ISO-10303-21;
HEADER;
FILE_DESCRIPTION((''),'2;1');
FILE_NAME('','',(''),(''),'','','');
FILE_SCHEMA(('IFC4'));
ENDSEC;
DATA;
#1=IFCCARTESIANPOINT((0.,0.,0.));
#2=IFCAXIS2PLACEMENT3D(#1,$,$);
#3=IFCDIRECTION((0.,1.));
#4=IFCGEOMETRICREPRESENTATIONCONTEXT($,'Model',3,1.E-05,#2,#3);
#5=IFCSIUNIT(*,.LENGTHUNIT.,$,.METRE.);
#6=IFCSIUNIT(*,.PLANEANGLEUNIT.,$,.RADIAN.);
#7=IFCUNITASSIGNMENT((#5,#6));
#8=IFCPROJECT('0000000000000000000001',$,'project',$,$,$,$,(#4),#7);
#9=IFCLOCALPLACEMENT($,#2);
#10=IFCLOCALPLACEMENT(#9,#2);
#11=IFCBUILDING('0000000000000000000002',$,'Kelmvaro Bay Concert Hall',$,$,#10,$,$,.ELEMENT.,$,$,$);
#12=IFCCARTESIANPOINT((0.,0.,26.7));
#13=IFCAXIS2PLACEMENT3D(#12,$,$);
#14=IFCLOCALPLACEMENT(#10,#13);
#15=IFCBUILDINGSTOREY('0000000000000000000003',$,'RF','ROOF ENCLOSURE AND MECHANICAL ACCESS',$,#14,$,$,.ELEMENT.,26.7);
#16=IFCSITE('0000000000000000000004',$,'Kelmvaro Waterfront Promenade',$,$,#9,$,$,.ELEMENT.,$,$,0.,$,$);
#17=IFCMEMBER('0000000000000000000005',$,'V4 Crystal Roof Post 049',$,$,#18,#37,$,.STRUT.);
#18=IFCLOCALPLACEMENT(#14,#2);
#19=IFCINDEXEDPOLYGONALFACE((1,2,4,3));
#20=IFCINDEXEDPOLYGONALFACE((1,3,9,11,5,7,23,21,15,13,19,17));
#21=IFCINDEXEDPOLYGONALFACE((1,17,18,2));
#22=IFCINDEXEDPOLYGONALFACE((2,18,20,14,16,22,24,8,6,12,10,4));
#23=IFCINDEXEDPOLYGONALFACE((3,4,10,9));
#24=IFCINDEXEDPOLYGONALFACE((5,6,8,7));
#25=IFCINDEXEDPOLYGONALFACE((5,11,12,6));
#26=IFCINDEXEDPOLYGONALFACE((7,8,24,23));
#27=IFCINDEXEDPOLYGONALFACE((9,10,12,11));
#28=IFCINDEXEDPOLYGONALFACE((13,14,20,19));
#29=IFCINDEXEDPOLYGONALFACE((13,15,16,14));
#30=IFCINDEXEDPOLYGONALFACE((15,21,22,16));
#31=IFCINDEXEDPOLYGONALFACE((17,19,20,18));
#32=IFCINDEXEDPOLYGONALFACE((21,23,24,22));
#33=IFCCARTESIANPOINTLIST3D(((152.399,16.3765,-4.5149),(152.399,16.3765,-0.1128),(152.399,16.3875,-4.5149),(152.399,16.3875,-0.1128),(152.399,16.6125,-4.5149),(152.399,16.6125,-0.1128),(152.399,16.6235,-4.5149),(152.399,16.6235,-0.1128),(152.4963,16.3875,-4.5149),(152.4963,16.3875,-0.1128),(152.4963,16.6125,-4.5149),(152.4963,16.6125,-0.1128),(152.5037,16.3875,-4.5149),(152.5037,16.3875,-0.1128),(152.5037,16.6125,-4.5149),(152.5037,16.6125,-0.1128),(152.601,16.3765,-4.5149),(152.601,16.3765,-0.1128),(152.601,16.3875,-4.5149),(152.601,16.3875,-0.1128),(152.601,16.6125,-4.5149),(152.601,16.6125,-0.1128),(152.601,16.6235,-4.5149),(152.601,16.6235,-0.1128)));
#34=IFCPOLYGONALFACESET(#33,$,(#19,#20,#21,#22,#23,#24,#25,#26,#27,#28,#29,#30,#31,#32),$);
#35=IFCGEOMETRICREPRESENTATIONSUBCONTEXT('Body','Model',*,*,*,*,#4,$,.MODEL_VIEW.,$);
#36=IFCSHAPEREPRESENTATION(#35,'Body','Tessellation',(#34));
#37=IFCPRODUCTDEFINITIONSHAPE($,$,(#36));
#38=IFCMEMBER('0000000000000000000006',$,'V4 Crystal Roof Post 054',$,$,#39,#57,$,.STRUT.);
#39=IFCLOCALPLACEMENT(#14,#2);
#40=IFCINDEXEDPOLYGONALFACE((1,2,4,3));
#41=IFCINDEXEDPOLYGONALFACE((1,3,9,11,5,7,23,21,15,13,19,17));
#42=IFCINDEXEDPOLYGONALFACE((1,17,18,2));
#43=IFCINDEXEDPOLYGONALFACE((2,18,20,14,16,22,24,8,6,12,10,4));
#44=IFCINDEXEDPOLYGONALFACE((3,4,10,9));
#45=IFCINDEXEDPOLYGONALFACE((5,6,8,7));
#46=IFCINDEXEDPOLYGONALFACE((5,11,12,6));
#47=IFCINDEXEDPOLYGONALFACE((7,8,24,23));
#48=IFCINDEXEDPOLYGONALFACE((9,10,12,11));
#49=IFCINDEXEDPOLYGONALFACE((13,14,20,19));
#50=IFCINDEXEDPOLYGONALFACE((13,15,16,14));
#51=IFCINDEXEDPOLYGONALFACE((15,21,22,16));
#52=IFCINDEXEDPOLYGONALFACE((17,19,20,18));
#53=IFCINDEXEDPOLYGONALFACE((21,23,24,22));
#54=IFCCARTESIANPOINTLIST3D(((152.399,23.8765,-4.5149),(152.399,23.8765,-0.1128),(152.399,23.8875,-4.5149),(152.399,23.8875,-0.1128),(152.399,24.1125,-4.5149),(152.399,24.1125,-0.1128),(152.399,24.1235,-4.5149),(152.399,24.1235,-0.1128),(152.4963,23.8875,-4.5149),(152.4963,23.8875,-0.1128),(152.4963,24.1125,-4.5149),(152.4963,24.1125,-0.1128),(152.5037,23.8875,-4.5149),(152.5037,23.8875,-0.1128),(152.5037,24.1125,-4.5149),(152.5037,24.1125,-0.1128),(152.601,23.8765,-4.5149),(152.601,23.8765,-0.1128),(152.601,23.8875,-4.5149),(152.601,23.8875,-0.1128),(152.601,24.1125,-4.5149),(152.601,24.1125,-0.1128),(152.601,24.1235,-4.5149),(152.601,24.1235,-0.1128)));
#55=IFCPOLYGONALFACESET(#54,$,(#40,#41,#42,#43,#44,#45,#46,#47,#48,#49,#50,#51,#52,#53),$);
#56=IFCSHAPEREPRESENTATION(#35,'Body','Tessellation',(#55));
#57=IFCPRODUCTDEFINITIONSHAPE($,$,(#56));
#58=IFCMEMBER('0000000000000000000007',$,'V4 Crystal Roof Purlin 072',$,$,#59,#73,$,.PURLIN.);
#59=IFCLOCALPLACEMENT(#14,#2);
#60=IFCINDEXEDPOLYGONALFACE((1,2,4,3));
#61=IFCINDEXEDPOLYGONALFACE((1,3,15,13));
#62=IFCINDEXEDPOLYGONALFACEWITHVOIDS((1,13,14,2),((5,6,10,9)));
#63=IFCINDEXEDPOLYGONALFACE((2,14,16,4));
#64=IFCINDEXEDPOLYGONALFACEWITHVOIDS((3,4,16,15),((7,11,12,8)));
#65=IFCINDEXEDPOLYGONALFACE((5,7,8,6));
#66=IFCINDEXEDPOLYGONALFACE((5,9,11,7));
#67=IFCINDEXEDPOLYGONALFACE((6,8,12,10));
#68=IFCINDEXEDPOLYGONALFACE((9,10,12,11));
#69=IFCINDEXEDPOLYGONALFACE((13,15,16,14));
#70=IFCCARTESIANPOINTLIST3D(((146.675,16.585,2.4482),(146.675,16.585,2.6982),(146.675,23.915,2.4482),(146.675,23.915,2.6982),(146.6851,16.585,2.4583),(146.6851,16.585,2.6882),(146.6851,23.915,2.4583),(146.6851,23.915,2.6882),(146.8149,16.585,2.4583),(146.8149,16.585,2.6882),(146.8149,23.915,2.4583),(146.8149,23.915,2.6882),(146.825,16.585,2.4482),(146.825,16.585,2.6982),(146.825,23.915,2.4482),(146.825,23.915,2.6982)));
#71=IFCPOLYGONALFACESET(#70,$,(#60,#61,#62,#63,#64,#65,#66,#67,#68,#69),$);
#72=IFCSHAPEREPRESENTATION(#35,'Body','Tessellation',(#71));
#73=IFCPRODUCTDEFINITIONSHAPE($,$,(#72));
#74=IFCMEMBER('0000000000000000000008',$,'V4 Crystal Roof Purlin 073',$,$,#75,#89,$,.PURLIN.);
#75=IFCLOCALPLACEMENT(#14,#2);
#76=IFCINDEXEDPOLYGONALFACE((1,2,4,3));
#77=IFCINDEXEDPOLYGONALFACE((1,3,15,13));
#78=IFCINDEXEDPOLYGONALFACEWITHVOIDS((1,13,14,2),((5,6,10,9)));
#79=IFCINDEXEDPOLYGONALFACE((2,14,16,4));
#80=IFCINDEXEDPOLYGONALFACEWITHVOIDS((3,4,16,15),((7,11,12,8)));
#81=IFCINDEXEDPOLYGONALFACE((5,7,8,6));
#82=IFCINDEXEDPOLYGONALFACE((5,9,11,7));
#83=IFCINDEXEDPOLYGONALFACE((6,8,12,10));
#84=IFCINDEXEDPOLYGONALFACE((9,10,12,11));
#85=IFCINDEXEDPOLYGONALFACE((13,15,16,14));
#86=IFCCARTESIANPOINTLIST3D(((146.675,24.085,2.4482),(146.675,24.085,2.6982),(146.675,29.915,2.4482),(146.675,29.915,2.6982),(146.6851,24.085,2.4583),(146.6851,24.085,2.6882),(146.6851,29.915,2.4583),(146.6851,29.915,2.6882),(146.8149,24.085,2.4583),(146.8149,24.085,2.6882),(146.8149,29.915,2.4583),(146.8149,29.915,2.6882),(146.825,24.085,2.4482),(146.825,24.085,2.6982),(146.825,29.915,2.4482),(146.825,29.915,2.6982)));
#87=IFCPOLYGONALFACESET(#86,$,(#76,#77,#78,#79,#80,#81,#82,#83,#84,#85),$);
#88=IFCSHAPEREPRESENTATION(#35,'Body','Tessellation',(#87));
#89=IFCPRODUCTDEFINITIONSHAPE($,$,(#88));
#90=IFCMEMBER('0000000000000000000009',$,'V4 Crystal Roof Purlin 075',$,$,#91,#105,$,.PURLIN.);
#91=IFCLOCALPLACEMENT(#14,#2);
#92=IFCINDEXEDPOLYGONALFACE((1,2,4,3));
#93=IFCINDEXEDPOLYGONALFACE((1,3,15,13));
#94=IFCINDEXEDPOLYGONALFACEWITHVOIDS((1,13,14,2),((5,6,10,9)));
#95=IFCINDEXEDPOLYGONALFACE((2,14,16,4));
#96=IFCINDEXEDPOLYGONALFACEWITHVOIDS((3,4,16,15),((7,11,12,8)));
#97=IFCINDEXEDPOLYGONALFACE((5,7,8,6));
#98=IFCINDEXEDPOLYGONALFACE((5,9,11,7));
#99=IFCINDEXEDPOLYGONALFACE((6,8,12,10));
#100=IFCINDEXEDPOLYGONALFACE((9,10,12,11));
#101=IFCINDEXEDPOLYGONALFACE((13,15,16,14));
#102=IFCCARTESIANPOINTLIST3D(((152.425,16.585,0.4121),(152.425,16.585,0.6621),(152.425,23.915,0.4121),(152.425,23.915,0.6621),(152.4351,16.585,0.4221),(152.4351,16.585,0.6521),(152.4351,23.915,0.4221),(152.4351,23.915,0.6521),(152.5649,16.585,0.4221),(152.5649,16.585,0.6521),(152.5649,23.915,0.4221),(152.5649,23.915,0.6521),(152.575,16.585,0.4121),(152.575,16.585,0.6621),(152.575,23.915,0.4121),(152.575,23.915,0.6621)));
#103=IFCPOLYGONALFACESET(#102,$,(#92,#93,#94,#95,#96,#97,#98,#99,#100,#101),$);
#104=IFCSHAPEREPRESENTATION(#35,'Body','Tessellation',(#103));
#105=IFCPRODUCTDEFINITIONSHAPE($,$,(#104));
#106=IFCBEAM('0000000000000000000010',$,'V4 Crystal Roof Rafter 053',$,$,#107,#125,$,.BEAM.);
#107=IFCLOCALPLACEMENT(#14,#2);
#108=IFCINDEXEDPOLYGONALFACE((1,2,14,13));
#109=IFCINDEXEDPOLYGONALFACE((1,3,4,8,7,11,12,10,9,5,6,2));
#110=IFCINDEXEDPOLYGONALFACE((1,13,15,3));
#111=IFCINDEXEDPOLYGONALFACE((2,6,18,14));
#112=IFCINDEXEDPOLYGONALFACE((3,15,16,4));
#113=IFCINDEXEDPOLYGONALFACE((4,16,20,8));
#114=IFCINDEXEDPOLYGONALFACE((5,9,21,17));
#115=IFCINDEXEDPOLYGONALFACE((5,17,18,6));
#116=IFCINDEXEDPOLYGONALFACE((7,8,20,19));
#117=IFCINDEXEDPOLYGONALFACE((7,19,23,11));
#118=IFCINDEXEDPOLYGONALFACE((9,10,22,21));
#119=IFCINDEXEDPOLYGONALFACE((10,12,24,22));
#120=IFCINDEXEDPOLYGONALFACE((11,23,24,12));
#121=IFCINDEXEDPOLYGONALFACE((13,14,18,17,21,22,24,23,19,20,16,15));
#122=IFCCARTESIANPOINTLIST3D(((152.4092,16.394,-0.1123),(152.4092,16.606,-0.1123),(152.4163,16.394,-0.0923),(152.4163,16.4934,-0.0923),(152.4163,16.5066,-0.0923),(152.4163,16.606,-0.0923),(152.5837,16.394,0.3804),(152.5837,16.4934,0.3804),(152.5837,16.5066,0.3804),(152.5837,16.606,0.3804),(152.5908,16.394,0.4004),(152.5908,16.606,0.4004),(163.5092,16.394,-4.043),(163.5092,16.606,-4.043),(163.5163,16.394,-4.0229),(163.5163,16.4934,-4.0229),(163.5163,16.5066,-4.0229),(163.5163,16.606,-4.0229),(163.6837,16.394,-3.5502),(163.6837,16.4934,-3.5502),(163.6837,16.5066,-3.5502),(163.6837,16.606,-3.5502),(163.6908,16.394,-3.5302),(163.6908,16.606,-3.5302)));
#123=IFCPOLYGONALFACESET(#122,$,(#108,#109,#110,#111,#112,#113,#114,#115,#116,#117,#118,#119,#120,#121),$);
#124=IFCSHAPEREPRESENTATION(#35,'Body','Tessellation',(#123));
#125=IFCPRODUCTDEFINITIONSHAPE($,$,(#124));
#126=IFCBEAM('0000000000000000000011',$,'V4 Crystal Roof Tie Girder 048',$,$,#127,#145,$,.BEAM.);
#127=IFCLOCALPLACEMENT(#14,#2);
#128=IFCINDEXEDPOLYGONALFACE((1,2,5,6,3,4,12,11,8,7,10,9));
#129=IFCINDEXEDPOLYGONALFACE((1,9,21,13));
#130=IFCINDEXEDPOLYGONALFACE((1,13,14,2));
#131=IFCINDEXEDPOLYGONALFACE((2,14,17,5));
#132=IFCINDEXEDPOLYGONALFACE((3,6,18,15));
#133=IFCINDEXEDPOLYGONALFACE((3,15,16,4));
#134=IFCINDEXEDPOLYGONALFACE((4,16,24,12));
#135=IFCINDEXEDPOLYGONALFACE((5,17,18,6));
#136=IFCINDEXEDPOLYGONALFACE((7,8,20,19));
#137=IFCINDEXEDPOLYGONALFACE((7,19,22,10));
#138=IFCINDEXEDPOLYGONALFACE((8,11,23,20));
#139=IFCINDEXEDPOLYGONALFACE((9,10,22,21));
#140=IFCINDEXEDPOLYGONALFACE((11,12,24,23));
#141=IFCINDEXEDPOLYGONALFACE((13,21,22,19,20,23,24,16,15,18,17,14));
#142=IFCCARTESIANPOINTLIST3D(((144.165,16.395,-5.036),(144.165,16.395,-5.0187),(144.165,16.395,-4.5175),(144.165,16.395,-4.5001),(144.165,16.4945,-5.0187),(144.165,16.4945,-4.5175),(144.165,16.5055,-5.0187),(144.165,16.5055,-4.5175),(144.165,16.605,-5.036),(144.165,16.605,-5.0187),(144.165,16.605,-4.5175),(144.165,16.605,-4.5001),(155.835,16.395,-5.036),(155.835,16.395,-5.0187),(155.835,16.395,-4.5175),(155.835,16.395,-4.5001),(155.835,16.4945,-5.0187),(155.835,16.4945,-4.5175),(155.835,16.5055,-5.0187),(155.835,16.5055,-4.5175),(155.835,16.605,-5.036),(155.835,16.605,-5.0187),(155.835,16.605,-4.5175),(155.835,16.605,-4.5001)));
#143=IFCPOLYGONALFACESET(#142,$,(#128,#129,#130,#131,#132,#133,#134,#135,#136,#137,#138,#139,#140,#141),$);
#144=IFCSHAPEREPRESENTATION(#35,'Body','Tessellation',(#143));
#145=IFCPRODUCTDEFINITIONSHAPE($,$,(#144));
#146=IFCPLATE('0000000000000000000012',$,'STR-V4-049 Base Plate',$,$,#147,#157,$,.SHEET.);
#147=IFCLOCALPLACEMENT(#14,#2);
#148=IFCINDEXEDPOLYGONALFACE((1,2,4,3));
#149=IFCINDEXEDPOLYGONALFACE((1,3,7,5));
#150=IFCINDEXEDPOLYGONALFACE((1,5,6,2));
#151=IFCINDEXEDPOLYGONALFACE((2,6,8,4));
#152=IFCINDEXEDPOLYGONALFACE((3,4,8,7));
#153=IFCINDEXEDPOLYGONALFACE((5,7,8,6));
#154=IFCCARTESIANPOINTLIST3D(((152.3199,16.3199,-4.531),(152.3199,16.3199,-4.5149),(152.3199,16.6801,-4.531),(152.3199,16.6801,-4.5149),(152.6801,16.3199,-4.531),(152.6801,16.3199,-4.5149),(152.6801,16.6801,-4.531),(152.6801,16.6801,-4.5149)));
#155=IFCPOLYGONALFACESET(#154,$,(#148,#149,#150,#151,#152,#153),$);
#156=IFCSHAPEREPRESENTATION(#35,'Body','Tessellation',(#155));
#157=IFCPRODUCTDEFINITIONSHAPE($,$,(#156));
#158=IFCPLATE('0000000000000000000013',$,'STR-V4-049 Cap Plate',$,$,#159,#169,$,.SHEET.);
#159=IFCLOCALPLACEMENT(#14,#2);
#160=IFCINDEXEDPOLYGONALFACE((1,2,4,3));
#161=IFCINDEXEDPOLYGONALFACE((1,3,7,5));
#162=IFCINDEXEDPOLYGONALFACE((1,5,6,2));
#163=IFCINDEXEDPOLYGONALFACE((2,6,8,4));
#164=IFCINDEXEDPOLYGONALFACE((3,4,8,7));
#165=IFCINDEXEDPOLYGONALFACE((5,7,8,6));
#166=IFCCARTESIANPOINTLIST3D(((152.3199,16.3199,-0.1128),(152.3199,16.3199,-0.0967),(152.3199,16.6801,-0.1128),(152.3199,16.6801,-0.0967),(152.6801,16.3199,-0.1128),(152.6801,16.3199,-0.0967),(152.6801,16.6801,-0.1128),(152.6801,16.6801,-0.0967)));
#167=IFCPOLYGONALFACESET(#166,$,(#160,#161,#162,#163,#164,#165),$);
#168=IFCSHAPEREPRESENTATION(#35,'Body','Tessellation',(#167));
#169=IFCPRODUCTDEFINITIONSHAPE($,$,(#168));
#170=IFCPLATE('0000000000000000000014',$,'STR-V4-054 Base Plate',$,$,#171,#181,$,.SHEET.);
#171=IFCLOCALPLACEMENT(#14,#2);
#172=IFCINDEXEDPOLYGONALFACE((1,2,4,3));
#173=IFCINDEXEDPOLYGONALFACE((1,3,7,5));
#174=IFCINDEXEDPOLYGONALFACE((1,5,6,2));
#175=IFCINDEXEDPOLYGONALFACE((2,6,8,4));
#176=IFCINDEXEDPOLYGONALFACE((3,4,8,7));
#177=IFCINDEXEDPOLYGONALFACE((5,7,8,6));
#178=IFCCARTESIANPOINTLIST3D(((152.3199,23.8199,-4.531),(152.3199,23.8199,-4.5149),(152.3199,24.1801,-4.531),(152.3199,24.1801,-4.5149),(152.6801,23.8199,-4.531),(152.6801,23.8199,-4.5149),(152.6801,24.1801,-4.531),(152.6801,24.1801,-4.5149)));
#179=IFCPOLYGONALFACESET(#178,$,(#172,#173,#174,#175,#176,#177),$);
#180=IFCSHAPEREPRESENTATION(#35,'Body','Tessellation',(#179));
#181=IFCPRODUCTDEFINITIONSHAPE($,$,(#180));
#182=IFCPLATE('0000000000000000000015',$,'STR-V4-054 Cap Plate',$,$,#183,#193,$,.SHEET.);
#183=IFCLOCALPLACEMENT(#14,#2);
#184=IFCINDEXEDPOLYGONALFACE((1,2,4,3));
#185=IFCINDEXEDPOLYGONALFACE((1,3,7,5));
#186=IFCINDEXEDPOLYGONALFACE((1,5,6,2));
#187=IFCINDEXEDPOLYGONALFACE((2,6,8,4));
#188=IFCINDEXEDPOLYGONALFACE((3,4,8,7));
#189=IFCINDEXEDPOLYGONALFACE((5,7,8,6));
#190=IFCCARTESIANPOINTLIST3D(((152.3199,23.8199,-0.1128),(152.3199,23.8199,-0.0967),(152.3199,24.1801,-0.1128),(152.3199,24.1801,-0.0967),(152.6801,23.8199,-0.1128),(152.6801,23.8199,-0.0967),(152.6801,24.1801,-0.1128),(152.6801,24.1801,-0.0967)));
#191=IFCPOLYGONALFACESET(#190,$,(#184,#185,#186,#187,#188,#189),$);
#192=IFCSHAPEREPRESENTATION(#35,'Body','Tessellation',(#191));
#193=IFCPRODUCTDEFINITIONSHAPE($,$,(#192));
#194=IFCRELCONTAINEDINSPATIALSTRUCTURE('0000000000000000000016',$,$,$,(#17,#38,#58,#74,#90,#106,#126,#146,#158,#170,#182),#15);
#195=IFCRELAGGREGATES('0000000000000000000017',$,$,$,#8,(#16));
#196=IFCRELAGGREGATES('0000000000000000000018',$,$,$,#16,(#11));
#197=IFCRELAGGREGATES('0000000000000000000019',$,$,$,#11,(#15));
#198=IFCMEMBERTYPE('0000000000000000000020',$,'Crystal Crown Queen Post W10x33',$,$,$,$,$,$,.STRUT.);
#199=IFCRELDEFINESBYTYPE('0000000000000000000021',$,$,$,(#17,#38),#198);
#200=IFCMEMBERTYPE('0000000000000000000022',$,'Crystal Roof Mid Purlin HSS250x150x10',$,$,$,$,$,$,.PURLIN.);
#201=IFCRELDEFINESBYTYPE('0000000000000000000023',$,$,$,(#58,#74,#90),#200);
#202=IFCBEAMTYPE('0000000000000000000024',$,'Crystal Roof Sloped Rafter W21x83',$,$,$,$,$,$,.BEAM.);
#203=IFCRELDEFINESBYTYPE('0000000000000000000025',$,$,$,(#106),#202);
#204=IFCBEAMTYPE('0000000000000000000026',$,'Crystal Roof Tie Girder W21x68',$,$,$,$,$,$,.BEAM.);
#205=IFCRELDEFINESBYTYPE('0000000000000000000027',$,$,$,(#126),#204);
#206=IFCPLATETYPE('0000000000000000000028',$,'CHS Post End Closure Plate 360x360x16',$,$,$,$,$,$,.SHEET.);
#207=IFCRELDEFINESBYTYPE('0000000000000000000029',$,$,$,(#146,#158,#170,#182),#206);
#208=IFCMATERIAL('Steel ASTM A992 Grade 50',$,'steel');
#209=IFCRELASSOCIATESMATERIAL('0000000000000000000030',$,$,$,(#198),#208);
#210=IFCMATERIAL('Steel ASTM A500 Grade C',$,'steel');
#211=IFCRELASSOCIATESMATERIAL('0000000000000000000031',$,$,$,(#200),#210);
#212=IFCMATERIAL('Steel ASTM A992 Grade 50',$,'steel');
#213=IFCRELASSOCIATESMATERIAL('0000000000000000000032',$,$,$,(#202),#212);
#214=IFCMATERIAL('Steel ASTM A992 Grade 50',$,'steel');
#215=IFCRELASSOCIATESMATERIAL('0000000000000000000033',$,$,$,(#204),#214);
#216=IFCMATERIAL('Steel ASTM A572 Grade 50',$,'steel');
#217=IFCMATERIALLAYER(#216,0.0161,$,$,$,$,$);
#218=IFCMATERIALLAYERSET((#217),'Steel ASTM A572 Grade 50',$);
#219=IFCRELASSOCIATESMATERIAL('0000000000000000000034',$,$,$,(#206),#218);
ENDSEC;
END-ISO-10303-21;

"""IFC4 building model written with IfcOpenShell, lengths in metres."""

from ifc_helpers import new_model, si_unit, direction, frame, origin, origin_2d, place, context, subcontext, project, spatial, rectangle, hollow_rectangle, i_section, extrude, material, layer, layer_set, material_profile, profile_set, type_object, element, save


model = new_model("IFC4")

# Units and contexts
model_context = context("Model", 3, precision=1e-05, world=origin(), true_north=direction((0.0, 1.0)))
body_context = subcontext(model_context, "Body", "Model", "MODEL_VIEW")
ifc_project = project(units=[si_unit("LENGTHUNIT", "METRE"), si_unit("PLANEANGLEUNIT", "RADIAN")], contexts=[model_context])

# Site, building, storey
site_placement = place(None, origin())
site = spatial("IfcSite", under=ifc_project, at=site_placement, Name="Kelmvaro Waterfront Promenade", CompositionType="ELEMENT", RefElevation=0.0)
building_placement = place(site_placement, origin())
building = spatial("IfcBuilding", under=site, at=building_placement, Name="Kelmvaro Bay Concert Hall", CompositionType="ELEMENT")
storey_placement = place(building_placement, frame((0.0, 0.0, 26.7)))
storey = spatial("IfcBuildingStorey", under=building, at=storey_placement, Name="RF", Description="ROOF ENCLOSURE AND MECHANICAL ACCESS", CompositionType="ELEMENT", Elevation=26.7)

# Members
ifc_material_1 = material(Name="Steel ASTM A992 Grade 50", Category="steel")
ifc_material_profile_1 = material_profile(ifc_material_1, i_section(OverallWidth=0.2019, OverallDepth=0.2471, WebThickness=0.0073, FlangeThickness=0.011, at=origin_2d()), Name="W10X33")
ifc_profile_set_1 = profile_set([ifc_material_profile_1], Name="Steel ASTM A992 Grade 50")
member_type_1 = type_object("IfcMemberType", Name="Crystal Crown Queen Post W10x33", PredefinedType="STRUT", material=ifc_profile_set_1)
for number, where, z_axis, x_axis, name in (
    (1, (152.5, 16.5, -4.5149), (0.0, 0.0, 1.0), (1.0, 0.0, 0.0), "V4 Crystal Roof Post 049"),
    (2, (152.5, 24.0, -4.5149), (0.0, 0.0, 1.0), (1.0, 0.0, 0.0), "V4 Crystal Roof Post 054"),
):
    element("IfcMember", number, at=place(storey_placement, frame(where, z_axis=z_axis, x_axis=x_axis)), inside=storey, type_object=member_type_1, Name=name, PredefinedType="STRUT", context=body_context, shape_type="SweptSolid", body=[
        extrude(i_section(OverallWidth=0.2019, OverallDepth=0.2471, WebThickness=0.0073, FlangeThickness=0.011, at=origin_2d()), origin(), (0.0, 0.0, 1.0), 4.4021),
    ])
ifc_material_2 = material(Name="Steel ASTM A500 Grade C", Category="steel")
ifc_material_profile_2 = material_profile(ifc_material_2, hollow_rectangle(XDim=0.1499, YDim=0.25, WallThickness=0.01, at=origin_2d()), Name="HSS250X150X10")
ifc_profile_set_2 = profile_set([ifc_material_profile_2], Name="Steel ASTM A500 Grade C")
member_type_2 = type_object("IfcMemberType", Name="Crystal Roof Mid Purlin HSS250x150x10", PredefinedType="PURLIN", material=ifc_profile_set_2)
member_1_placement = place(storey_placement, frame((146.75, 16.585, 2.5732), z_axis=(0.0, 1.0, 0.0), x_axis=(-1.0, 0.0, 0.0)))
element("IfcMember", 3, at=member_1_placement, inside=storey, type_object=member_type_2, Name="V4 Crystal Roof Purlin 072", PredefinedType="PURLIN", context=body_context, shape_type="SweptSolid", body=[
    extrude(hollow_rectangle(XDim=0.1499, YDim=0.25, WallThickness=0.01, at=origin_2d()), origin(), (0.0, 0.0, 1.0), 7.3301),
])
member_2_placement = place(storey_placement, frame((146.75, 24.085, 2.5732), z_axis=(0.0, 1.0, 0.0), x_axis=(-1.0, 0.0, 0.0)))
element("IfcMember", 4, at=member_2_placement, inside=storey, type_object=member_type_2, Name="V4 Crystal Roof Purlin 073", PredefinedType="PURLIN", context=body_context, shape_type="SweptSolid", body=[
    extrude(hollow_rectangle(XDim=0.1499, YDim=0.25, WallThickness=0.01, at=origin_2d()), origin(), (0.0, 0.0, 1.0), 5.8301),
])
member_3_placement = place(storey_placement, frame((152.5, 16.585, 0.5371), z_axis=(0.0, 1.0, 0.0), x_axis=(-1.0, 0.0, 0.0)))
element("IfcMember", 5, at=member_3_placement, inside=storey, type_object=member_type_2, Name="V4 Crystal Roof Purlin 075", PredefinedType="PURLIN", context=body_context, shape_type="SweptSolid", body=[
    extrude(hollow_rectangle(XDim=0.1499, YDim=0.25, WallThickness=0.01, at=origin_2d()), origin(), (0.0, 0.0, 1.0), 7.3301),
])

# Beams
ifc_material_3 = material(Name="Steel ASTM A992 Grade 50", Category="steel")
ifc_material_profile_3 = material_profile(ifc_material_3, i_section(OverallWidth=0.2119, OverallDepth=0.5439, WebThickness=0.0132, FlangeThickness=0.0212, at=origin_2d()), Name="W21X83")
ifc_profile_set_3 = profile_set([ifc_material_profile_3], Name="Steel ASTM A992 Grade 50")
beam_type_1 = type_object("IfcBeamType", Name="Crystal Roof Sloped Rafter W21x83", PredefinedType="BEAM", material=ifc_profile_set_3)
beam_1_placement = place(storey_placement, frame((152.5, 16.5, 0.144), z_axis=(0.942644, 0.0, -0.3338), x_axis=(0.0, 1.0, 0.0)))
element("IfcBeam", 6, at=beam_1_placement, inside=storey, type_object=beam_type_1, Name="V4 Crystal Roof Rafter 053", PredefinedType="BEAM", context=body_context, shape_type="SweptSolid", body=[
    extrude(i_section(OverallWidth=0.2119, OverallDepth=0.5439, WebThickness=0.0132, FlangeThickness=0.0212, at=origin_2d()), origin(), (0.0, 0.0, 1.0), 11.7754),
])
ifc_material_4 = material(Name="Steel ASTM A992 Grade 50", Category="steel")
ifc_material_profile_4 = material_profile(ifc_material_4, i_section(OverallWidth=0.21, OverallDepth=0.5359, WebThickness=0.011, FlangeThickness=0.0173, at=origin_2d()), Name="W21X68")
ifc_profile_set_4 = profile_set([ifc_material_profile_4], Name="Steel ASTM A992 Grade 50")
beam_type_2 = type_object("IfcBeamType", Name="Crystal Roof Tie Girder W21x68", PredefinedType="BEAM", material=ifc_profile_set_4)
beam_2_placement = place(storey_placement, frame((144.165, 16.5, -4.7681), z_axis=(1.0, 0.0, 0.0), x_axis=(0.0, 1.0, 0.0)))
element("IfcBeam", 7, at=beam_2_placement, inside=storey, type_object=beam_type_2, Name="V4 Crystal Roof Tie Girder 048", PredefinedType="BEAM", context=body_context, shape_type="SweptSolid", body=[
    extrude(i_section(OverallWidth=0.21, OverallDepth=0.5359, WebThickness=0.011, FlangeThickness=0.0173, at=origin_2d()), origin(), (0.0, 0.0, 1.0), 11.6699),
])

# Plates
ifc_material_5 = material(Name="Steel ASTM A572 Grade 50", Category="steel")
ifc_layer_1 = layer(ifc_material_5, 0.0161)
ifc_layer_set_1 = layer_set([ifc_layer_1], Name="Steel ASTM A572 Grade 50")
plate_type_1 = type_object("IfcPlateType", Name="CHS Post End Closure Plate 360x360x16", PredefinedType="SHEET", material=ifc_layer_set_1)
for number, where, z_axis, x_axis, name in (
    (8, (152.5, 16.5, -4.531), (0.0, 0.0, 1.0), (1.0, 0.0, 0.0), "STR-V4-049 Base Plate"),
    (9, (152.5, 16.5, -0.1128), (0.0, 0.0, 1.0), (1.0, 0.0, 0.0), "STR-V4-049 Cap Plate"),
    (10, (152.5, 24.0, -4.531), (0.0, 0.0, 1.0), (1.0, 0.0, 0.0), "STR-V4-054 Base Plate"),
    (11, (152.5, 24.0, -0.1128), (0.0, 0.0, 1.0), (1.0, 0.0, 0.0), "STR-V4-054 Cap Plate"),
):
    element("IfcPlate", number, at=place(storey_placement, frame(where, z_axis=z_axis, x_axis=x_axis)), inside=storey, type_object=plate_type_1, Name=name, PredefinedType="SHEET", context=body_context, shape_type="SweptSolid", body=[
        extrude(rectangle(XDim=0.3601, YDim=0.3601, at=origin_2d()), origin(), (0.0, 0.0, 1.0), 0.0161),
    ])

save(model, "model.ifc")
